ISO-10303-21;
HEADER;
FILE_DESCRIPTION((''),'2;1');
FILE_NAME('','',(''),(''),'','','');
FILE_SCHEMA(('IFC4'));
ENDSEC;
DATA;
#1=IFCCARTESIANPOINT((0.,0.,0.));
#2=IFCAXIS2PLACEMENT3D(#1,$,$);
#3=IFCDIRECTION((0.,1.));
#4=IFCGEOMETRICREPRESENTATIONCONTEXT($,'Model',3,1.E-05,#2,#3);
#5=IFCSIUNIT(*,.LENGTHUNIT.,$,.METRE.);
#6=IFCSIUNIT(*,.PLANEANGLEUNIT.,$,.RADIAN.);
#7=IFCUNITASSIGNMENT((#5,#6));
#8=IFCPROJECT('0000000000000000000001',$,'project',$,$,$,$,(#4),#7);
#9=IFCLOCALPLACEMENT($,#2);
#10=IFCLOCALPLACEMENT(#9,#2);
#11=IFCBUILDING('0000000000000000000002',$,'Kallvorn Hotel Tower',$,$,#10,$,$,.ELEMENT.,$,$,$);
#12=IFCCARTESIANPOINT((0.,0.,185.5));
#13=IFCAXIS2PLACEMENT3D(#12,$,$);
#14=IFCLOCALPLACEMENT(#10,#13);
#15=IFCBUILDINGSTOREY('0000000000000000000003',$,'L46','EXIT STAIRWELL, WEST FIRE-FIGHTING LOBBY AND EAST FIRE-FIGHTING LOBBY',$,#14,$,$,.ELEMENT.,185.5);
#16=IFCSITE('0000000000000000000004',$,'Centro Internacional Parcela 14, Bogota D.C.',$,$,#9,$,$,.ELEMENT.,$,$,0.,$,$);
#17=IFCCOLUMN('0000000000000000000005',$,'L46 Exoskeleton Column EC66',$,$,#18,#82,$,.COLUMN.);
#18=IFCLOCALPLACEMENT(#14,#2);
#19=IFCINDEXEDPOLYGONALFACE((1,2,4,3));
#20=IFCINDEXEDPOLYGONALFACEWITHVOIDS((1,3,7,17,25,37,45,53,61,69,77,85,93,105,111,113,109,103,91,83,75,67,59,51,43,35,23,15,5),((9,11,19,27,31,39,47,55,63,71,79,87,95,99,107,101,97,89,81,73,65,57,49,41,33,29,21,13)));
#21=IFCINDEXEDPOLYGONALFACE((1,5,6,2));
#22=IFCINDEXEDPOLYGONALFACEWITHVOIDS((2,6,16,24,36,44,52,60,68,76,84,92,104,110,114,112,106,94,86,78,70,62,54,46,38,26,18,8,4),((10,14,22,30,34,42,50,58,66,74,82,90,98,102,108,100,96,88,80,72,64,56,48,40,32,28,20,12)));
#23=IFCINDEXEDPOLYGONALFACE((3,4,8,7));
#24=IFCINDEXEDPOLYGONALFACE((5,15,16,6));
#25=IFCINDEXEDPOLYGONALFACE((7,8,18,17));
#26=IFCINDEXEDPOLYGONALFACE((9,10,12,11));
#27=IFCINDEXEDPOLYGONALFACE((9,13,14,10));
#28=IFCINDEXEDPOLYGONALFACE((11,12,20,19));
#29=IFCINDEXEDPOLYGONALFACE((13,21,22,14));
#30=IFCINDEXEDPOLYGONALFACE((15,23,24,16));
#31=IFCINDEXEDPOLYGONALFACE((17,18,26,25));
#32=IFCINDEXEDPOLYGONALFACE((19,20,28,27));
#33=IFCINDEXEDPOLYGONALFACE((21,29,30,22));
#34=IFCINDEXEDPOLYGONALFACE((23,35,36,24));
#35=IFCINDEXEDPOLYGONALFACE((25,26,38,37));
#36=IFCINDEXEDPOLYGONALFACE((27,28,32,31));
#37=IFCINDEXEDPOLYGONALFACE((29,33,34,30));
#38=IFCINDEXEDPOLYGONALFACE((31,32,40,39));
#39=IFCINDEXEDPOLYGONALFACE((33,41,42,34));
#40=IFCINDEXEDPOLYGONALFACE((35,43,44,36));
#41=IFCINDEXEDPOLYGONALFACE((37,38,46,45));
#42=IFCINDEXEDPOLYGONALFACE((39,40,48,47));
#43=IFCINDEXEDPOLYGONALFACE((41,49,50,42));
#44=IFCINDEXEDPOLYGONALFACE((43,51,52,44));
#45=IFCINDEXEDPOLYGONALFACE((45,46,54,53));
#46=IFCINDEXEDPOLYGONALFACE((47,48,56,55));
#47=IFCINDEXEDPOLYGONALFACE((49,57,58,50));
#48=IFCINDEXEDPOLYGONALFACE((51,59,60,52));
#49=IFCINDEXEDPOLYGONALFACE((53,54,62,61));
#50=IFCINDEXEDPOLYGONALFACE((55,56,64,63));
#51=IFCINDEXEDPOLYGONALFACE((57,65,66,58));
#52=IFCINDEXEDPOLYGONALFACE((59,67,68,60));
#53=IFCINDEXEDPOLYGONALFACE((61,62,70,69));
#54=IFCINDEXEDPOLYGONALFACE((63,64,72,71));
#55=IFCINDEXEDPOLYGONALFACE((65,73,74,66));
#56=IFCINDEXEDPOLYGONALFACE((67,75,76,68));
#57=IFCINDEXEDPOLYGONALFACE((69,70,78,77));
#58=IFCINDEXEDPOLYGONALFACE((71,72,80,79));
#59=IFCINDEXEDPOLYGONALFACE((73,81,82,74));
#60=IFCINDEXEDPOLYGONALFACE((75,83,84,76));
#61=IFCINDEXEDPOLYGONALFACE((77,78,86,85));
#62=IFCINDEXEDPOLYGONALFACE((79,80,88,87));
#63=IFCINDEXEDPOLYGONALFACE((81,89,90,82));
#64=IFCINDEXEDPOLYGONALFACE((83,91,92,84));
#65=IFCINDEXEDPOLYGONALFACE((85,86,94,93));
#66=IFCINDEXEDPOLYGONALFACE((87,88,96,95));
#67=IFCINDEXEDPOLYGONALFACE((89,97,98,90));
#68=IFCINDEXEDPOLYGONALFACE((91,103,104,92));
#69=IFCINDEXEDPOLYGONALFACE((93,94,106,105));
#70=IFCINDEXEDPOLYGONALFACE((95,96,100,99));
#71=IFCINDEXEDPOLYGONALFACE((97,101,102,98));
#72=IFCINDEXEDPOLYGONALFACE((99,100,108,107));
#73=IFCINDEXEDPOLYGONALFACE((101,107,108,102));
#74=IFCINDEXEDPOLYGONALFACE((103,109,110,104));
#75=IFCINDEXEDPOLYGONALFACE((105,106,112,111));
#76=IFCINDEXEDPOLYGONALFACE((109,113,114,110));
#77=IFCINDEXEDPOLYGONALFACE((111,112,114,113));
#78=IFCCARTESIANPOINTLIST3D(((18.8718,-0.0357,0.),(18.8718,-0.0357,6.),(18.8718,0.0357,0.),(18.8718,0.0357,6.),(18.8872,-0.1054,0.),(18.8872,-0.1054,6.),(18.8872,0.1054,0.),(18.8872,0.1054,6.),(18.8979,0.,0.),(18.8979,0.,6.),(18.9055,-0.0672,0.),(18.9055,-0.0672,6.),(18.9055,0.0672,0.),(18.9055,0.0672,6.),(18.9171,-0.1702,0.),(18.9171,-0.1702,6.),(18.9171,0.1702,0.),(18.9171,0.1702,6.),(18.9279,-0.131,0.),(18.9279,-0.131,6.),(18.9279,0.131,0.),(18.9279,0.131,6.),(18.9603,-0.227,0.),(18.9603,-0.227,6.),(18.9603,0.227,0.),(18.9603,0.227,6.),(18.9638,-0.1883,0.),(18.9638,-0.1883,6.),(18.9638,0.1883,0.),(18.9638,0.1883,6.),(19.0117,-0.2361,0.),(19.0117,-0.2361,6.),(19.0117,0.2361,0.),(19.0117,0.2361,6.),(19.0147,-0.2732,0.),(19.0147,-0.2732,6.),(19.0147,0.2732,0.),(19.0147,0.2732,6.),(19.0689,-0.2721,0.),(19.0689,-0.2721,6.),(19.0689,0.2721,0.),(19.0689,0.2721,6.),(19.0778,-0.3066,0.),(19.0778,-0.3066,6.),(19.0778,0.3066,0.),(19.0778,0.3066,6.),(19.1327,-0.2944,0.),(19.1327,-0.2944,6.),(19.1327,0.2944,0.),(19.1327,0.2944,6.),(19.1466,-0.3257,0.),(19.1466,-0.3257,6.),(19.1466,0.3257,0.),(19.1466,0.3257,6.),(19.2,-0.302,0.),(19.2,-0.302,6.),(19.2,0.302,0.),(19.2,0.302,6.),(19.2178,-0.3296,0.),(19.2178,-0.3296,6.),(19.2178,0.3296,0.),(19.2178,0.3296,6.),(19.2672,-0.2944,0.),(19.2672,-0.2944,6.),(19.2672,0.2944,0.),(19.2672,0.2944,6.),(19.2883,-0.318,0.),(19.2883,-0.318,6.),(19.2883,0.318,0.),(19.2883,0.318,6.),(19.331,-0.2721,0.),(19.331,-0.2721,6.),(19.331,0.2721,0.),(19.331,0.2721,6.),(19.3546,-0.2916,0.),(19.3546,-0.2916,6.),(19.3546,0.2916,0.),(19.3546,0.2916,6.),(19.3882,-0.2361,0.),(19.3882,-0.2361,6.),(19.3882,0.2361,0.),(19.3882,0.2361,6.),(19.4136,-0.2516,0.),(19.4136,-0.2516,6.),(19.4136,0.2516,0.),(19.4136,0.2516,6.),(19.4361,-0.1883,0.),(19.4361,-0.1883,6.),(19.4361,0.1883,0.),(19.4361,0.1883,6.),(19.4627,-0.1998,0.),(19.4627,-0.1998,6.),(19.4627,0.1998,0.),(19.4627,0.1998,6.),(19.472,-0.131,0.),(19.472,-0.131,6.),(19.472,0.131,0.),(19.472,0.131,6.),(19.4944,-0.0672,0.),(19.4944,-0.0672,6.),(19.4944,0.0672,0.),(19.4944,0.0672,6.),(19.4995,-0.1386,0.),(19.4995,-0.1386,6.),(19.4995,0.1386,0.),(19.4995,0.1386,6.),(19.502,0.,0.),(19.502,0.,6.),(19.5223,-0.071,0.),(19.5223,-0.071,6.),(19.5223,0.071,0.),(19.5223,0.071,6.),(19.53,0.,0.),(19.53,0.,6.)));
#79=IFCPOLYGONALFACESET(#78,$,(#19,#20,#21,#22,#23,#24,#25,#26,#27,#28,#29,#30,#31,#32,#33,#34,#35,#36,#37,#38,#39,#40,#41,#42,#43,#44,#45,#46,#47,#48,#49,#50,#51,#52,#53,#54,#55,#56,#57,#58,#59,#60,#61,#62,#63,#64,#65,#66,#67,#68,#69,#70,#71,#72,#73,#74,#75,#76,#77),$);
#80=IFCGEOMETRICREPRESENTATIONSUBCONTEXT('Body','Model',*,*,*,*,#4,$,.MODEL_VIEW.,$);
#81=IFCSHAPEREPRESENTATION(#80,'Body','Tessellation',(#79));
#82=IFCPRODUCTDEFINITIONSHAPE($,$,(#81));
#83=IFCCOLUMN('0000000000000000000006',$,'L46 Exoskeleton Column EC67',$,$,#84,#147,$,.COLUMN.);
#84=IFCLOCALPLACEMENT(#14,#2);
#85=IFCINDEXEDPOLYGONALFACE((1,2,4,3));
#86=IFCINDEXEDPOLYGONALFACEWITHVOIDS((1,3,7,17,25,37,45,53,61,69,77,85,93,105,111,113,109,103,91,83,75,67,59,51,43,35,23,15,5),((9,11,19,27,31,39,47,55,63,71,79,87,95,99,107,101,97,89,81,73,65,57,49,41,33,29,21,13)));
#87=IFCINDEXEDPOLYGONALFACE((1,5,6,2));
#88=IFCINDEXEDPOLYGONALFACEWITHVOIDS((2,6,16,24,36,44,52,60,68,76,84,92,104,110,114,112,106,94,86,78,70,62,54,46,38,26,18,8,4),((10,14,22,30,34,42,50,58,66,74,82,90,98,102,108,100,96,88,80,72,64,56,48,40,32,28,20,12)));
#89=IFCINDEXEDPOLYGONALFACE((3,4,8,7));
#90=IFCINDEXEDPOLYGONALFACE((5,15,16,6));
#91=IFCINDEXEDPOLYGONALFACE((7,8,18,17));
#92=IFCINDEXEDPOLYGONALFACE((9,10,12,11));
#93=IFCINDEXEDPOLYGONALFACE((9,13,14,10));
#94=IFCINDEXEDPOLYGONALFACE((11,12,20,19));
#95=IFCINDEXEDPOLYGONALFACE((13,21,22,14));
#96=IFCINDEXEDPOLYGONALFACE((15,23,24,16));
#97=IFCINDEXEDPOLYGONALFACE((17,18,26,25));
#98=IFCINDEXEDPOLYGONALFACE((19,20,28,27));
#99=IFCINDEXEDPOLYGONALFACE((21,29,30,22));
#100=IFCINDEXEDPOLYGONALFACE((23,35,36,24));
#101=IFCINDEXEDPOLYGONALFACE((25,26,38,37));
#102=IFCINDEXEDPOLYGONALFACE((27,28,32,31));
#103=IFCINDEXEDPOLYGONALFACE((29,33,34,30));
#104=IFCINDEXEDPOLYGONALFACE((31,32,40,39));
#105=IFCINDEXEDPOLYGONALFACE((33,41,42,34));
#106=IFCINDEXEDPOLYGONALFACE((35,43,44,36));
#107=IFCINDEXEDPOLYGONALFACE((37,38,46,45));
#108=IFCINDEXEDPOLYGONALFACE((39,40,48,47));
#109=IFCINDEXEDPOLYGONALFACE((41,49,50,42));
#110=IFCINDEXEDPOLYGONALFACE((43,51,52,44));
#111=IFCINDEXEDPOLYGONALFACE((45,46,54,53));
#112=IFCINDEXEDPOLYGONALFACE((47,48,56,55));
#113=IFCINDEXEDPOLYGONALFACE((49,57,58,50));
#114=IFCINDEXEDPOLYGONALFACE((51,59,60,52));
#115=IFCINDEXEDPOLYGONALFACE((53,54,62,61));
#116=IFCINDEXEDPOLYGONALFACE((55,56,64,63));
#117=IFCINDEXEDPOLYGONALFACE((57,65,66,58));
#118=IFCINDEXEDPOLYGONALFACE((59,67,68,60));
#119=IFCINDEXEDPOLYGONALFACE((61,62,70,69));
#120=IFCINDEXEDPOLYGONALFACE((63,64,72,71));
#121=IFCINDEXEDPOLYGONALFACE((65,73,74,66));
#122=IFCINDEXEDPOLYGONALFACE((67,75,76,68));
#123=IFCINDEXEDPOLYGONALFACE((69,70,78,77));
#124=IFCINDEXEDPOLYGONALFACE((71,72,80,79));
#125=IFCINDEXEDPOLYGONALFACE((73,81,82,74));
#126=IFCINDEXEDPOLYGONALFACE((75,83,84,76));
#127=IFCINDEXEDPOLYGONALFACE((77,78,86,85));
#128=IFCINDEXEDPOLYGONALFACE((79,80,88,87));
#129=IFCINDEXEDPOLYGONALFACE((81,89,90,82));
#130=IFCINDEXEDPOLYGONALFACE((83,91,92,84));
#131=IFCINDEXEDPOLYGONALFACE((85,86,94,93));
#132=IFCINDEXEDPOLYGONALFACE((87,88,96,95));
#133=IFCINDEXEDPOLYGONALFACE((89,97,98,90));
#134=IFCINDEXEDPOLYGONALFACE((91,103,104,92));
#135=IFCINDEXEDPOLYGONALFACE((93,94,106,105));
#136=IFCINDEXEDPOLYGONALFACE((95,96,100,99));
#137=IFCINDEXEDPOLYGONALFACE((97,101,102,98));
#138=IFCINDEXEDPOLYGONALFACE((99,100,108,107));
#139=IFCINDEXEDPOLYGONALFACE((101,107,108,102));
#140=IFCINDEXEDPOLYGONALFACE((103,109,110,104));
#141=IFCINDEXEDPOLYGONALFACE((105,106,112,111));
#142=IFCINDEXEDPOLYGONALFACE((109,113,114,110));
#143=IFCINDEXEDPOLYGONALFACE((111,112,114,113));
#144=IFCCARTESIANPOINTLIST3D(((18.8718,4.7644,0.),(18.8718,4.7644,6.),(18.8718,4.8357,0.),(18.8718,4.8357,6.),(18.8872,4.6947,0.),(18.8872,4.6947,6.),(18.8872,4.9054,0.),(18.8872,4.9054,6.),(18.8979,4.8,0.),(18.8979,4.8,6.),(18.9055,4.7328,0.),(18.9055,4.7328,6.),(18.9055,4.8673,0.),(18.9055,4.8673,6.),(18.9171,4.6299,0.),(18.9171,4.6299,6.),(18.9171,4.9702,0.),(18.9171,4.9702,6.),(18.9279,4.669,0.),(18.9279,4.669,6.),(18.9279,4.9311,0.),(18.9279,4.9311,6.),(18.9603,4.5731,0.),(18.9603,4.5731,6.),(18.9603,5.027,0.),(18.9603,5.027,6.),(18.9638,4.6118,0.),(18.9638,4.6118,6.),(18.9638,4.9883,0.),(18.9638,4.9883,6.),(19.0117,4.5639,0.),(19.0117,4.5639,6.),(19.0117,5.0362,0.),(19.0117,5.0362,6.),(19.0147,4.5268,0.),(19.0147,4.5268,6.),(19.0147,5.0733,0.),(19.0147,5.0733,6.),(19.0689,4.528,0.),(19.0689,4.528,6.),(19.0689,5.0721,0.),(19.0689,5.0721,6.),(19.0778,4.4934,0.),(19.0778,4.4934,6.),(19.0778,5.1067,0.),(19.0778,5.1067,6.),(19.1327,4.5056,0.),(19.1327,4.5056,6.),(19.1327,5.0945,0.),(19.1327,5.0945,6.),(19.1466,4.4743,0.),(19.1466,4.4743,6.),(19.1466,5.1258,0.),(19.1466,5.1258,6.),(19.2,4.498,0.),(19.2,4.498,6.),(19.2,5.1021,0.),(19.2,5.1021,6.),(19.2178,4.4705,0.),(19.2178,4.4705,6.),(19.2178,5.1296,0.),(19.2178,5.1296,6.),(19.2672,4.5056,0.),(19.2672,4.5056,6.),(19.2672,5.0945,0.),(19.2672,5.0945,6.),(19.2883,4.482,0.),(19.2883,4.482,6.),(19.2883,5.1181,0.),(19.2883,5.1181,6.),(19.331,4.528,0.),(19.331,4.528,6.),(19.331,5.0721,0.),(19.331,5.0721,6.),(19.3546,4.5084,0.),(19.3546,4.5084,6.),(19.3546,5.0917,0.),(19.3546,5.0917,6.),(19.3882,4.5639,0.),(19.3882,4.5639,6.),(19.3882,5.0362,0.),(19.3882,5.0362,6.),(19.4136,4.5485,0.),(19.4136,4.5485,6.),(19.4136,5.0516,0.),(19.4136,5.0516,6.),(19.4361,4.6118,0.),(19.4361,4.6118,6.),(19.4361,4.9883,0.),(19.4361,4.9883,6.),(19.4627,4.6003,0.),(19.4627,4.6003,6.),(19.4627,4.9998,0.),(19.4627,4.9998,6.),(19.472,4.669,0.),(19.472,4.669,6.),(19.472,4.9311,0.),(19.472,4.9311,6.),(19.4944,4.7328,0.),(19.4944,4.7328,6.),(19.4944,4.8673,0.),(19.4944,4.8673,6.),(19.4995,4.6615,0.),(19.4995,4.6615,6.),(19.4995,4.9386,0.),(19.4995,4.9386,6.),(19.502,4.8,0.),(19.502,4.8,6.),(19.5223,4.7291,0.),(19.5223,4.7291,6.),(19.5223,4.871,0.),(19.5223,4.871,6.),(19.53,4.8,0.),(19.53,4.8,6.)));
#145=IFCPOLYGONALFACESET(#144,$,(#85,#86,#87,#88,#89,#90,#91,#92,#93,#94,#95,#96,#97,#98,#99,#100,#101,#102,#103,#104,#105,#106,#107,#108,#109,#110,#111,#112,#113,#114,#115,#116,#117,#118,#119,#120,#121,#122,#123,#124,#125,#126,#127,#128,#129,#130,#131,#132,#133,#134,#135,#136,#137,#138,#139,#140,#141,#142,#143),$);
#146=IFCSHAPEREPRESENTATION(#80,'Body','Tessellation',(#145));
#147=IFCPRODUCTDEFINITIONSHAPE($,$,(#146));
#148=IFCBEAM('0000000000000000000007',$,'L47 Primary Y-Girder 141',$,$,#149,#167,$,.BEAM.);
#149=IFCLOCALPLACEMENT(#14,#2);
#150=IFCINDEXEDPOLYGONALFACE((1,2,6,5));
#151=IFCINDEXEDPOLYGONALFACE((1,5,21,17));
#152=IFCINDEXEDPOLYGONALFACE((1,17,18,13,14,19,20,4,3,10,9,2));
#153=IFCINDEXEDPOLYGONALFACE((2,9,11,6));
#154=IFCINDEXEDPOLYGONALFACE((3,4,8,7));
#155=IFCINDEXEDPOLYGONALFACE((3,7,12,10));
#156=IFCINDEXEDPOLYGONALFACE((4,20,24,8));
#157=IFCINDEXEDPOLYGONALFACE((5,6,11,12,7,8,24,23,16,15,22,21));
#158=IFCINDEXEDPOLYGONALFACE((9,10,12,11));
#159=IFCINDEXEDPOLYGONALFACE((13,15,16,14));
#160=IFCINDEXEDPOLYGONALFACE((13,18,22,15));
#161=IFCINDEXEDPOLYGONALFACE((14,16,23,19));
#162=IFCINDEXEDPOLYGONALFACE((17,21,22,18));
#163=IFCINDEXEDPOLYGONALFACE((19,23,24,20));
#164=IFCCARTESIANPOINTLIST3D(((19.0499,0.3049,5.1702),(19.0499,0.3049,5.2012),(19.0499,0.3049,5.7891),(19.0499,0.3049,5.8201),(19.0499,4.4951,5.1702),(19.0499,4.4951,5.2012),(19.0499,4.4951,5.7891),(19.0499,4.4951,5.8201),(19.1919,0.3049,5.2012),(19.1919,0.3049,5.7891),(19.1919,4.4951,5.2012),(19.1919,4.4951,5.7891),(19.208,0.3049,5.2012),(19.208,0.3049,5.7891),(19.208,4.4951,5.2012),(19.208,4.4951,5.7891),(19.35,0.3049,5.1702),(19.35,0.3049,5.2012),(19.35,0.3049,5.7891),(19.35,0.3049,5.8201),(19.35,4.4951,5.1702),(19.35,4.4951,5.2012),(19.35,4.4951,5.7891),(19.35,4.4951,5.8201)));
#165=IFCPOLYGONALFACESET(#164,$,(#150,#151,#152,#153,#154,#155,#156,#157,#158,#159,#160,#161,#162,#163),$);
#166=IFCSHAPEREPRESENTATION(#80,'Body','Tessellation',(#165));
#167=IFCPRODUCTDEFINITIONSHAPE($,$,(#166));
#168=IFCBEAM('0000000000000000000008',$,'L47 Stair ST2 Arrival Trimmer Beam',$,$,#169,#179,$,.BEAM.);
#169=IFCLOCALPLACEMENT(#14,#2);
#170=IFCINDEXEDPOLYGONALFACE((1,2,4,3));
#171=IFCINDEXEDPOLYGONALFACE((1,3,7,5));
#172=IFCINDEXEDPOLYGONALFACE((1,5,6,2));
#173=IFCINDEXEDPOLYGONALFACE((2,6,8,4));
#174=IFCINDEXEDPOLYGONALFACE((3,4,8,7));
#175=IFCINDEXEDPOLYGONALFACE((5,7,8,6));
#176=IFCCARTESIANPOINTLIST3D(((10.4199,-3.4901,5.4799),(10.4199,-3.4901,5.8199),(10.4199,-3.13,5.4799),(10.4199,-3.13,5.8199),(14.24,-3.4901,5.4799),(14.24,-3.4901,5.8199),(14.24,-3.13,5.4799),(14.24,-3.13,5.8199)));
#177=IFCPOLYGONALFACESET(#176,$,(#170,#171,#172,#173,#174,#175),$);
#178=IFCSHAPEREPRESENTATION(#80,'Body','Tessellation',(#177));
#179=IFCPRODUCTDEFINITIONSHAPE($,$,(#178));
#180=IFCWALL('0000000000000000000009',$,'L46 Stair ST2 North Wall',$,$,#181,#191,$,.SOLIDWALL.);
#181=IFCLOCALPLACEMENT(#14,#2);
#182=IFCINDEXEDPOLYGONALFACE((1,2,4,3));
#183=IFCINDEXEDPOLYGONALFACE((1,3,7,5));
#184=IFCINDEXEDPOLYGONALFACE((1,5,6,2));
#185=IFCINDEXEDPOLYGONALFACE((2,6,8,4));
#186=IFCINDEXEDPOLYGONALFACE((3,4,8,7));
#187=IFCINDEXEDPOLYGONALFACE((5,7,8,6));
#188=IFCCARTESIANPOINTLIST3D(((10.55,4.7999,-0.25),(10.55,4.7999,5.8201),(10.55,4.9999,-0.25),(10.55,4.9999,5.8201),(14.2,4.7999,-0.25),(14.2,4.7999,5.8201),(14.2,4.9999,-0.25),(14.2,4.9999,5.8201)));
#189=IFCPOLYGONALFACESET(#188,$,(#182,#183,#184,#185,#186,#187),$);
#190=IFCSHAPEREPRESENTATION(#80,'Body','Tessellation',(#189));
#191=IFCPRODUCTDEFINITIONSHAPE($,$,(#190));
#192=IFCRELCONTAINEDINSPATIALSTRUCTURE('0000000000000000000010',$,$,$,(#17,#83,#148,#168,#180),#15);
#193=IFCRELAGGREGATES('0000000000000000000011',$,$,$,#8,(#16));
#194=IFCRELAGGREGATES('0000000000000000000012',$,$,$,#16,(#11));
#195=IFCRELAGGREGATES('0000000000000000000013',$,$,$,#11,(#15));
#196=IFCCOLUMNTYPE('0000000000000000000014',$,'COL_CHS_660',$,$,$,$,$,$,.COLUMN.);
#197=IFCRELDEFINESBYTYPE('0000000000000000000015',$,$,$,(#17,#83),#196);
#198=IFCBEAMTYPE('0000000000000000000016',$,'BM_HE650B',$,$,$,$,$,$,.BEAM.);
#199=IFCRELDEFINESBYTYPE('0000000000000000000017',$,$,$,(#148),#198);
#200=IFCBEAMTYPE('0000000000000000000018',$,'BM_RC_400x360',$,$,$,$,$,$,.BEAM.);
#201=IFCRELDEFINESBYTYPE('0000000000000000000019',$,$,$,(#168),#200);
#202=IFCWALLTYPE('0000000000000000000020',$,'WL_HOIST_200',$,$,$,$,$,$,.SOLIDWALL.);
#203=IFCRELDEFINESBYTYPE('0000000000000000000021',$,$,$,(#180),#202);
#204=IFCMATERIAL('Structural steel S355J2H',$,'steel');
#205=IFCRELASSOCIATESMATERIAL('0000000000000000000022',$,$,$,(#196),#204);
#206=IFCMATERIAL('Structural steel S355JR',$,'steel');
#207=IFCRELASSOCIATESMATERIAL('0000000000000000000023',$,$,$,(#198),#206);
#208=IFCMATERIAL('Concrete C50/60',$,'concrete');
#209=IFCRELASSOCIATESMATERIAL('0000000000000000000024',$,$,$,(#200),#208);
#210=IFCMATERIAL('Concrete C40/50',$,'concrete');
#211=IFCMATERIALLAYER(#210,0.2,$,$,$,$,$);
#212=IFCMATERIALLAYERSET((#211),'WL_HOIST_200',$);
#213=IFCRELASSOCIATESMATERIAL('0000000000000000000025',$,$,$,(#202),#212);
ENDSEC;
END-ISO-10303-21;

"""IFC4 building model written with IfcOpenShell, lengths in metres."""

from ifc_helpers import new_model, si_unit, direction, frame, frame_2d, origin, origin_2d, place, context, subcontext, project, spatial, rectangle, hollow_circle, i_section, extrude, material, layer, layer_set, material_profile, profile_set, type_object, element, save


model = new_model("IFC4")

# Units and contexts
model_context = context("Model", 3, precision=1e-05, world=origin(), true_north=direction((0.0, 1.0)))
body_context = subcontext(model_context, "Body", "Model", "MODEL_VIEW")
ifc_project = project(units=[si_unit("LENGTHUNIT", "METRE"), si_unit("PLANEANGLEUNIT", "RADIAN")], contexts=[model_context])

# Site, building, storey
site_placement = place(None, origin())
site = spatial("IfcSite", under=ifc_project, at=site_placement, Name="Centro Internacional Parcela 14, Bogota D.C.", CompositionType="ELEMENT", RefElevation=0.0)
building_placement = place(site_placement, origin())
building = spatial("IfcBuilding", under=site, at=building_placement, Name="Kallvorn Hotel Tower", CompositionType="ELEMENT")
storey_placement = place(building_placement, frame((0.0, 0.0, 185.5)))
storey = spatial("IfcBuildingStorey", under=building, at=storey_placement, Name="L46", Description="EXIT STAIRWELL, WEST FIRE-FIGHTING LOBBY AND EAST FIRE-FIGHTING LOBBY", CompositionType="ELEMENT", Elevation=185.5)

# Columns
ifc_material_1 = material(Name="Structural steel S355J2H", Category="steel")
ifc_material_profile_1 = material_profile(ifc_material_1, hollow_circle(Radius=0.3301, WallThickness=0.0281, at=origin_2d()), Name="CHS 660x28")
ifc_profile_set_1 = profile_set([ifc_material_profile_1], Name="Structural steel S355J2H")
column_type = type_object("IfcColumnType", Name="COL_CHS_660", PredefinedType="COLUMN", material=ifc_profile_set_1)
for number, where, z_axis, x_axis, name in (
    (1, (19.2, 0.0, 0.0), (0.0, 0.0, 1.0), (1.0, 0.0, 0.0), "L46 Exoskeleton Column EC66"),
    (2, (19.2, 4.8, 0.0), (0.0, 0.0, 1.0), (1.0, 0.0, 0.0), "L46 Exoskeleton Column EC67"),
):
    element("IfcColumn", number, at=place(storey_placement, frame(where, z_axis=z_axis, x_axis=x_axis)), inside=storey, type_object=column_type, Name=name, PredefinedType="COLUMN", context=body_context, shape_type="SweptSolid", body=[
        extrude(hollow_circle(Radius=0.3301, WallThickness=0.0281, at=origin_2d()), origin(), (0.0, 0.0, 1.0), 6.0),
    ])

# Beams
ifc_material_2 = material(Name="Structural steel S355JR", Category="steel")
ifc_material_profile_2 = material_profile(ifc_material_2, i_section(OverallWidth=0.3, OverallDepth=0.6499, WebThickness=0.0161, FlangeThickness=0.031, at=origin_2d()), Name="HE 650 B")
ifc_profile_set_2 = profile_set([ifc_material_profile_2], Name="Structural steel S355JR")
beam_type_1 = type_object("IfcBeamType", Name="BM_HE650B", PredefinedType="BEAM", material=ifc_profile_set_2)
beam_1_placement = place(storey_placement, frame((19.2, 0.3049, 5.4951), z_axis=(0.0, 1.0, 0.0), x_axis=(-1.0, 0.0, 0.0)))
element("IfcBeam", 3, at=beam_1_placement, inside=storey, type_object=beam_type_1, Name="L47 Primary Y-Girder 141", PredefinedType="BEAM", context=body_context, shape_type="SweptSolid", body=[
    extrude(i_section(OverallWidth=0.3, OverallDepth=0.6499, WebThickness=0.0161, FlangeThickness=0.031, at=origin_2d()), origin(), (0.0, 0.0, 1.0), 4.1902),
])
ifc_material_3 = material(Name="Concrete C50/60", Category="concrete")
ifc_material_profile_3 = material_profile(ifc_material_3, rectangle(XDim=0.3601, YDim=0.3401, at=origin_2d()), Name="RC 360x340")
ifc_profile_set_3 = profile_set([ifc_material_profile_3], Name="Concrete C50/60")
beam_type_2 = type_object("IfcBeamType", Name="BM_RC_400x360", PredefinedType="BEAM", material=ifc_profile_set_3)
beam_2_placement = place(storey_placement, frame((14.24, -3.3101, 5.6499), z_axis=(-1.0, 0.0, 0.0), x_axis=(0.0, -1.0, 0.0)))
element("IfcBeam", 4, at=beam_2_placement, inside=storey, type_object=beam_type_2, Name="L47 Stair ST2 Arrival Trimmer Beam", PredefinedType="BEAM", context=body_context, shape_type="SweptSolid", body=[
    extrude(rectangle(XDim=0.3601, YDim=0.3401, at=origin_2d()), origin(), (0.0, 0.0, 1.0), 3.8201),
])

# Wall
ifc_material_4 = material(Name="Concrete C40/50", Category="concrete")
ifc_layer_1 = layer(ifc_material_4, 0.2)
ifc_layer_set_1 = layer_set([ifc_layer_1], Name="WL_HOIST_200")
wall_type_1 = type_object("IfcWallType", Name="WL_HOIST_200", PredefinedType="SOLIDWALL", material=ifc_layer_set_1)
wall_1_placement = place(storey_placement, frame((10.55, 4.8999, -0.25), z_axis=(0.0, 0.0, 1.0), x_axis=(1.0, 0.0, 0.0)))
element("IfcWall", 5, at=wall_1_placement, inside=storey, type_object=wall_type_1, Name="L46 Stair ST2 North Wall", PredefinedType="SOLIDWALL", context=body_context, shape_type="SweptSolid", body=[
    extrude(rectangle(XDim=3.6499, YDim=0.2, at=frame_2d((1.825, 0.0))), origin(), (0.0, 0.0, 1.0), 6.0701),
])

save(model, "model.ifc")
